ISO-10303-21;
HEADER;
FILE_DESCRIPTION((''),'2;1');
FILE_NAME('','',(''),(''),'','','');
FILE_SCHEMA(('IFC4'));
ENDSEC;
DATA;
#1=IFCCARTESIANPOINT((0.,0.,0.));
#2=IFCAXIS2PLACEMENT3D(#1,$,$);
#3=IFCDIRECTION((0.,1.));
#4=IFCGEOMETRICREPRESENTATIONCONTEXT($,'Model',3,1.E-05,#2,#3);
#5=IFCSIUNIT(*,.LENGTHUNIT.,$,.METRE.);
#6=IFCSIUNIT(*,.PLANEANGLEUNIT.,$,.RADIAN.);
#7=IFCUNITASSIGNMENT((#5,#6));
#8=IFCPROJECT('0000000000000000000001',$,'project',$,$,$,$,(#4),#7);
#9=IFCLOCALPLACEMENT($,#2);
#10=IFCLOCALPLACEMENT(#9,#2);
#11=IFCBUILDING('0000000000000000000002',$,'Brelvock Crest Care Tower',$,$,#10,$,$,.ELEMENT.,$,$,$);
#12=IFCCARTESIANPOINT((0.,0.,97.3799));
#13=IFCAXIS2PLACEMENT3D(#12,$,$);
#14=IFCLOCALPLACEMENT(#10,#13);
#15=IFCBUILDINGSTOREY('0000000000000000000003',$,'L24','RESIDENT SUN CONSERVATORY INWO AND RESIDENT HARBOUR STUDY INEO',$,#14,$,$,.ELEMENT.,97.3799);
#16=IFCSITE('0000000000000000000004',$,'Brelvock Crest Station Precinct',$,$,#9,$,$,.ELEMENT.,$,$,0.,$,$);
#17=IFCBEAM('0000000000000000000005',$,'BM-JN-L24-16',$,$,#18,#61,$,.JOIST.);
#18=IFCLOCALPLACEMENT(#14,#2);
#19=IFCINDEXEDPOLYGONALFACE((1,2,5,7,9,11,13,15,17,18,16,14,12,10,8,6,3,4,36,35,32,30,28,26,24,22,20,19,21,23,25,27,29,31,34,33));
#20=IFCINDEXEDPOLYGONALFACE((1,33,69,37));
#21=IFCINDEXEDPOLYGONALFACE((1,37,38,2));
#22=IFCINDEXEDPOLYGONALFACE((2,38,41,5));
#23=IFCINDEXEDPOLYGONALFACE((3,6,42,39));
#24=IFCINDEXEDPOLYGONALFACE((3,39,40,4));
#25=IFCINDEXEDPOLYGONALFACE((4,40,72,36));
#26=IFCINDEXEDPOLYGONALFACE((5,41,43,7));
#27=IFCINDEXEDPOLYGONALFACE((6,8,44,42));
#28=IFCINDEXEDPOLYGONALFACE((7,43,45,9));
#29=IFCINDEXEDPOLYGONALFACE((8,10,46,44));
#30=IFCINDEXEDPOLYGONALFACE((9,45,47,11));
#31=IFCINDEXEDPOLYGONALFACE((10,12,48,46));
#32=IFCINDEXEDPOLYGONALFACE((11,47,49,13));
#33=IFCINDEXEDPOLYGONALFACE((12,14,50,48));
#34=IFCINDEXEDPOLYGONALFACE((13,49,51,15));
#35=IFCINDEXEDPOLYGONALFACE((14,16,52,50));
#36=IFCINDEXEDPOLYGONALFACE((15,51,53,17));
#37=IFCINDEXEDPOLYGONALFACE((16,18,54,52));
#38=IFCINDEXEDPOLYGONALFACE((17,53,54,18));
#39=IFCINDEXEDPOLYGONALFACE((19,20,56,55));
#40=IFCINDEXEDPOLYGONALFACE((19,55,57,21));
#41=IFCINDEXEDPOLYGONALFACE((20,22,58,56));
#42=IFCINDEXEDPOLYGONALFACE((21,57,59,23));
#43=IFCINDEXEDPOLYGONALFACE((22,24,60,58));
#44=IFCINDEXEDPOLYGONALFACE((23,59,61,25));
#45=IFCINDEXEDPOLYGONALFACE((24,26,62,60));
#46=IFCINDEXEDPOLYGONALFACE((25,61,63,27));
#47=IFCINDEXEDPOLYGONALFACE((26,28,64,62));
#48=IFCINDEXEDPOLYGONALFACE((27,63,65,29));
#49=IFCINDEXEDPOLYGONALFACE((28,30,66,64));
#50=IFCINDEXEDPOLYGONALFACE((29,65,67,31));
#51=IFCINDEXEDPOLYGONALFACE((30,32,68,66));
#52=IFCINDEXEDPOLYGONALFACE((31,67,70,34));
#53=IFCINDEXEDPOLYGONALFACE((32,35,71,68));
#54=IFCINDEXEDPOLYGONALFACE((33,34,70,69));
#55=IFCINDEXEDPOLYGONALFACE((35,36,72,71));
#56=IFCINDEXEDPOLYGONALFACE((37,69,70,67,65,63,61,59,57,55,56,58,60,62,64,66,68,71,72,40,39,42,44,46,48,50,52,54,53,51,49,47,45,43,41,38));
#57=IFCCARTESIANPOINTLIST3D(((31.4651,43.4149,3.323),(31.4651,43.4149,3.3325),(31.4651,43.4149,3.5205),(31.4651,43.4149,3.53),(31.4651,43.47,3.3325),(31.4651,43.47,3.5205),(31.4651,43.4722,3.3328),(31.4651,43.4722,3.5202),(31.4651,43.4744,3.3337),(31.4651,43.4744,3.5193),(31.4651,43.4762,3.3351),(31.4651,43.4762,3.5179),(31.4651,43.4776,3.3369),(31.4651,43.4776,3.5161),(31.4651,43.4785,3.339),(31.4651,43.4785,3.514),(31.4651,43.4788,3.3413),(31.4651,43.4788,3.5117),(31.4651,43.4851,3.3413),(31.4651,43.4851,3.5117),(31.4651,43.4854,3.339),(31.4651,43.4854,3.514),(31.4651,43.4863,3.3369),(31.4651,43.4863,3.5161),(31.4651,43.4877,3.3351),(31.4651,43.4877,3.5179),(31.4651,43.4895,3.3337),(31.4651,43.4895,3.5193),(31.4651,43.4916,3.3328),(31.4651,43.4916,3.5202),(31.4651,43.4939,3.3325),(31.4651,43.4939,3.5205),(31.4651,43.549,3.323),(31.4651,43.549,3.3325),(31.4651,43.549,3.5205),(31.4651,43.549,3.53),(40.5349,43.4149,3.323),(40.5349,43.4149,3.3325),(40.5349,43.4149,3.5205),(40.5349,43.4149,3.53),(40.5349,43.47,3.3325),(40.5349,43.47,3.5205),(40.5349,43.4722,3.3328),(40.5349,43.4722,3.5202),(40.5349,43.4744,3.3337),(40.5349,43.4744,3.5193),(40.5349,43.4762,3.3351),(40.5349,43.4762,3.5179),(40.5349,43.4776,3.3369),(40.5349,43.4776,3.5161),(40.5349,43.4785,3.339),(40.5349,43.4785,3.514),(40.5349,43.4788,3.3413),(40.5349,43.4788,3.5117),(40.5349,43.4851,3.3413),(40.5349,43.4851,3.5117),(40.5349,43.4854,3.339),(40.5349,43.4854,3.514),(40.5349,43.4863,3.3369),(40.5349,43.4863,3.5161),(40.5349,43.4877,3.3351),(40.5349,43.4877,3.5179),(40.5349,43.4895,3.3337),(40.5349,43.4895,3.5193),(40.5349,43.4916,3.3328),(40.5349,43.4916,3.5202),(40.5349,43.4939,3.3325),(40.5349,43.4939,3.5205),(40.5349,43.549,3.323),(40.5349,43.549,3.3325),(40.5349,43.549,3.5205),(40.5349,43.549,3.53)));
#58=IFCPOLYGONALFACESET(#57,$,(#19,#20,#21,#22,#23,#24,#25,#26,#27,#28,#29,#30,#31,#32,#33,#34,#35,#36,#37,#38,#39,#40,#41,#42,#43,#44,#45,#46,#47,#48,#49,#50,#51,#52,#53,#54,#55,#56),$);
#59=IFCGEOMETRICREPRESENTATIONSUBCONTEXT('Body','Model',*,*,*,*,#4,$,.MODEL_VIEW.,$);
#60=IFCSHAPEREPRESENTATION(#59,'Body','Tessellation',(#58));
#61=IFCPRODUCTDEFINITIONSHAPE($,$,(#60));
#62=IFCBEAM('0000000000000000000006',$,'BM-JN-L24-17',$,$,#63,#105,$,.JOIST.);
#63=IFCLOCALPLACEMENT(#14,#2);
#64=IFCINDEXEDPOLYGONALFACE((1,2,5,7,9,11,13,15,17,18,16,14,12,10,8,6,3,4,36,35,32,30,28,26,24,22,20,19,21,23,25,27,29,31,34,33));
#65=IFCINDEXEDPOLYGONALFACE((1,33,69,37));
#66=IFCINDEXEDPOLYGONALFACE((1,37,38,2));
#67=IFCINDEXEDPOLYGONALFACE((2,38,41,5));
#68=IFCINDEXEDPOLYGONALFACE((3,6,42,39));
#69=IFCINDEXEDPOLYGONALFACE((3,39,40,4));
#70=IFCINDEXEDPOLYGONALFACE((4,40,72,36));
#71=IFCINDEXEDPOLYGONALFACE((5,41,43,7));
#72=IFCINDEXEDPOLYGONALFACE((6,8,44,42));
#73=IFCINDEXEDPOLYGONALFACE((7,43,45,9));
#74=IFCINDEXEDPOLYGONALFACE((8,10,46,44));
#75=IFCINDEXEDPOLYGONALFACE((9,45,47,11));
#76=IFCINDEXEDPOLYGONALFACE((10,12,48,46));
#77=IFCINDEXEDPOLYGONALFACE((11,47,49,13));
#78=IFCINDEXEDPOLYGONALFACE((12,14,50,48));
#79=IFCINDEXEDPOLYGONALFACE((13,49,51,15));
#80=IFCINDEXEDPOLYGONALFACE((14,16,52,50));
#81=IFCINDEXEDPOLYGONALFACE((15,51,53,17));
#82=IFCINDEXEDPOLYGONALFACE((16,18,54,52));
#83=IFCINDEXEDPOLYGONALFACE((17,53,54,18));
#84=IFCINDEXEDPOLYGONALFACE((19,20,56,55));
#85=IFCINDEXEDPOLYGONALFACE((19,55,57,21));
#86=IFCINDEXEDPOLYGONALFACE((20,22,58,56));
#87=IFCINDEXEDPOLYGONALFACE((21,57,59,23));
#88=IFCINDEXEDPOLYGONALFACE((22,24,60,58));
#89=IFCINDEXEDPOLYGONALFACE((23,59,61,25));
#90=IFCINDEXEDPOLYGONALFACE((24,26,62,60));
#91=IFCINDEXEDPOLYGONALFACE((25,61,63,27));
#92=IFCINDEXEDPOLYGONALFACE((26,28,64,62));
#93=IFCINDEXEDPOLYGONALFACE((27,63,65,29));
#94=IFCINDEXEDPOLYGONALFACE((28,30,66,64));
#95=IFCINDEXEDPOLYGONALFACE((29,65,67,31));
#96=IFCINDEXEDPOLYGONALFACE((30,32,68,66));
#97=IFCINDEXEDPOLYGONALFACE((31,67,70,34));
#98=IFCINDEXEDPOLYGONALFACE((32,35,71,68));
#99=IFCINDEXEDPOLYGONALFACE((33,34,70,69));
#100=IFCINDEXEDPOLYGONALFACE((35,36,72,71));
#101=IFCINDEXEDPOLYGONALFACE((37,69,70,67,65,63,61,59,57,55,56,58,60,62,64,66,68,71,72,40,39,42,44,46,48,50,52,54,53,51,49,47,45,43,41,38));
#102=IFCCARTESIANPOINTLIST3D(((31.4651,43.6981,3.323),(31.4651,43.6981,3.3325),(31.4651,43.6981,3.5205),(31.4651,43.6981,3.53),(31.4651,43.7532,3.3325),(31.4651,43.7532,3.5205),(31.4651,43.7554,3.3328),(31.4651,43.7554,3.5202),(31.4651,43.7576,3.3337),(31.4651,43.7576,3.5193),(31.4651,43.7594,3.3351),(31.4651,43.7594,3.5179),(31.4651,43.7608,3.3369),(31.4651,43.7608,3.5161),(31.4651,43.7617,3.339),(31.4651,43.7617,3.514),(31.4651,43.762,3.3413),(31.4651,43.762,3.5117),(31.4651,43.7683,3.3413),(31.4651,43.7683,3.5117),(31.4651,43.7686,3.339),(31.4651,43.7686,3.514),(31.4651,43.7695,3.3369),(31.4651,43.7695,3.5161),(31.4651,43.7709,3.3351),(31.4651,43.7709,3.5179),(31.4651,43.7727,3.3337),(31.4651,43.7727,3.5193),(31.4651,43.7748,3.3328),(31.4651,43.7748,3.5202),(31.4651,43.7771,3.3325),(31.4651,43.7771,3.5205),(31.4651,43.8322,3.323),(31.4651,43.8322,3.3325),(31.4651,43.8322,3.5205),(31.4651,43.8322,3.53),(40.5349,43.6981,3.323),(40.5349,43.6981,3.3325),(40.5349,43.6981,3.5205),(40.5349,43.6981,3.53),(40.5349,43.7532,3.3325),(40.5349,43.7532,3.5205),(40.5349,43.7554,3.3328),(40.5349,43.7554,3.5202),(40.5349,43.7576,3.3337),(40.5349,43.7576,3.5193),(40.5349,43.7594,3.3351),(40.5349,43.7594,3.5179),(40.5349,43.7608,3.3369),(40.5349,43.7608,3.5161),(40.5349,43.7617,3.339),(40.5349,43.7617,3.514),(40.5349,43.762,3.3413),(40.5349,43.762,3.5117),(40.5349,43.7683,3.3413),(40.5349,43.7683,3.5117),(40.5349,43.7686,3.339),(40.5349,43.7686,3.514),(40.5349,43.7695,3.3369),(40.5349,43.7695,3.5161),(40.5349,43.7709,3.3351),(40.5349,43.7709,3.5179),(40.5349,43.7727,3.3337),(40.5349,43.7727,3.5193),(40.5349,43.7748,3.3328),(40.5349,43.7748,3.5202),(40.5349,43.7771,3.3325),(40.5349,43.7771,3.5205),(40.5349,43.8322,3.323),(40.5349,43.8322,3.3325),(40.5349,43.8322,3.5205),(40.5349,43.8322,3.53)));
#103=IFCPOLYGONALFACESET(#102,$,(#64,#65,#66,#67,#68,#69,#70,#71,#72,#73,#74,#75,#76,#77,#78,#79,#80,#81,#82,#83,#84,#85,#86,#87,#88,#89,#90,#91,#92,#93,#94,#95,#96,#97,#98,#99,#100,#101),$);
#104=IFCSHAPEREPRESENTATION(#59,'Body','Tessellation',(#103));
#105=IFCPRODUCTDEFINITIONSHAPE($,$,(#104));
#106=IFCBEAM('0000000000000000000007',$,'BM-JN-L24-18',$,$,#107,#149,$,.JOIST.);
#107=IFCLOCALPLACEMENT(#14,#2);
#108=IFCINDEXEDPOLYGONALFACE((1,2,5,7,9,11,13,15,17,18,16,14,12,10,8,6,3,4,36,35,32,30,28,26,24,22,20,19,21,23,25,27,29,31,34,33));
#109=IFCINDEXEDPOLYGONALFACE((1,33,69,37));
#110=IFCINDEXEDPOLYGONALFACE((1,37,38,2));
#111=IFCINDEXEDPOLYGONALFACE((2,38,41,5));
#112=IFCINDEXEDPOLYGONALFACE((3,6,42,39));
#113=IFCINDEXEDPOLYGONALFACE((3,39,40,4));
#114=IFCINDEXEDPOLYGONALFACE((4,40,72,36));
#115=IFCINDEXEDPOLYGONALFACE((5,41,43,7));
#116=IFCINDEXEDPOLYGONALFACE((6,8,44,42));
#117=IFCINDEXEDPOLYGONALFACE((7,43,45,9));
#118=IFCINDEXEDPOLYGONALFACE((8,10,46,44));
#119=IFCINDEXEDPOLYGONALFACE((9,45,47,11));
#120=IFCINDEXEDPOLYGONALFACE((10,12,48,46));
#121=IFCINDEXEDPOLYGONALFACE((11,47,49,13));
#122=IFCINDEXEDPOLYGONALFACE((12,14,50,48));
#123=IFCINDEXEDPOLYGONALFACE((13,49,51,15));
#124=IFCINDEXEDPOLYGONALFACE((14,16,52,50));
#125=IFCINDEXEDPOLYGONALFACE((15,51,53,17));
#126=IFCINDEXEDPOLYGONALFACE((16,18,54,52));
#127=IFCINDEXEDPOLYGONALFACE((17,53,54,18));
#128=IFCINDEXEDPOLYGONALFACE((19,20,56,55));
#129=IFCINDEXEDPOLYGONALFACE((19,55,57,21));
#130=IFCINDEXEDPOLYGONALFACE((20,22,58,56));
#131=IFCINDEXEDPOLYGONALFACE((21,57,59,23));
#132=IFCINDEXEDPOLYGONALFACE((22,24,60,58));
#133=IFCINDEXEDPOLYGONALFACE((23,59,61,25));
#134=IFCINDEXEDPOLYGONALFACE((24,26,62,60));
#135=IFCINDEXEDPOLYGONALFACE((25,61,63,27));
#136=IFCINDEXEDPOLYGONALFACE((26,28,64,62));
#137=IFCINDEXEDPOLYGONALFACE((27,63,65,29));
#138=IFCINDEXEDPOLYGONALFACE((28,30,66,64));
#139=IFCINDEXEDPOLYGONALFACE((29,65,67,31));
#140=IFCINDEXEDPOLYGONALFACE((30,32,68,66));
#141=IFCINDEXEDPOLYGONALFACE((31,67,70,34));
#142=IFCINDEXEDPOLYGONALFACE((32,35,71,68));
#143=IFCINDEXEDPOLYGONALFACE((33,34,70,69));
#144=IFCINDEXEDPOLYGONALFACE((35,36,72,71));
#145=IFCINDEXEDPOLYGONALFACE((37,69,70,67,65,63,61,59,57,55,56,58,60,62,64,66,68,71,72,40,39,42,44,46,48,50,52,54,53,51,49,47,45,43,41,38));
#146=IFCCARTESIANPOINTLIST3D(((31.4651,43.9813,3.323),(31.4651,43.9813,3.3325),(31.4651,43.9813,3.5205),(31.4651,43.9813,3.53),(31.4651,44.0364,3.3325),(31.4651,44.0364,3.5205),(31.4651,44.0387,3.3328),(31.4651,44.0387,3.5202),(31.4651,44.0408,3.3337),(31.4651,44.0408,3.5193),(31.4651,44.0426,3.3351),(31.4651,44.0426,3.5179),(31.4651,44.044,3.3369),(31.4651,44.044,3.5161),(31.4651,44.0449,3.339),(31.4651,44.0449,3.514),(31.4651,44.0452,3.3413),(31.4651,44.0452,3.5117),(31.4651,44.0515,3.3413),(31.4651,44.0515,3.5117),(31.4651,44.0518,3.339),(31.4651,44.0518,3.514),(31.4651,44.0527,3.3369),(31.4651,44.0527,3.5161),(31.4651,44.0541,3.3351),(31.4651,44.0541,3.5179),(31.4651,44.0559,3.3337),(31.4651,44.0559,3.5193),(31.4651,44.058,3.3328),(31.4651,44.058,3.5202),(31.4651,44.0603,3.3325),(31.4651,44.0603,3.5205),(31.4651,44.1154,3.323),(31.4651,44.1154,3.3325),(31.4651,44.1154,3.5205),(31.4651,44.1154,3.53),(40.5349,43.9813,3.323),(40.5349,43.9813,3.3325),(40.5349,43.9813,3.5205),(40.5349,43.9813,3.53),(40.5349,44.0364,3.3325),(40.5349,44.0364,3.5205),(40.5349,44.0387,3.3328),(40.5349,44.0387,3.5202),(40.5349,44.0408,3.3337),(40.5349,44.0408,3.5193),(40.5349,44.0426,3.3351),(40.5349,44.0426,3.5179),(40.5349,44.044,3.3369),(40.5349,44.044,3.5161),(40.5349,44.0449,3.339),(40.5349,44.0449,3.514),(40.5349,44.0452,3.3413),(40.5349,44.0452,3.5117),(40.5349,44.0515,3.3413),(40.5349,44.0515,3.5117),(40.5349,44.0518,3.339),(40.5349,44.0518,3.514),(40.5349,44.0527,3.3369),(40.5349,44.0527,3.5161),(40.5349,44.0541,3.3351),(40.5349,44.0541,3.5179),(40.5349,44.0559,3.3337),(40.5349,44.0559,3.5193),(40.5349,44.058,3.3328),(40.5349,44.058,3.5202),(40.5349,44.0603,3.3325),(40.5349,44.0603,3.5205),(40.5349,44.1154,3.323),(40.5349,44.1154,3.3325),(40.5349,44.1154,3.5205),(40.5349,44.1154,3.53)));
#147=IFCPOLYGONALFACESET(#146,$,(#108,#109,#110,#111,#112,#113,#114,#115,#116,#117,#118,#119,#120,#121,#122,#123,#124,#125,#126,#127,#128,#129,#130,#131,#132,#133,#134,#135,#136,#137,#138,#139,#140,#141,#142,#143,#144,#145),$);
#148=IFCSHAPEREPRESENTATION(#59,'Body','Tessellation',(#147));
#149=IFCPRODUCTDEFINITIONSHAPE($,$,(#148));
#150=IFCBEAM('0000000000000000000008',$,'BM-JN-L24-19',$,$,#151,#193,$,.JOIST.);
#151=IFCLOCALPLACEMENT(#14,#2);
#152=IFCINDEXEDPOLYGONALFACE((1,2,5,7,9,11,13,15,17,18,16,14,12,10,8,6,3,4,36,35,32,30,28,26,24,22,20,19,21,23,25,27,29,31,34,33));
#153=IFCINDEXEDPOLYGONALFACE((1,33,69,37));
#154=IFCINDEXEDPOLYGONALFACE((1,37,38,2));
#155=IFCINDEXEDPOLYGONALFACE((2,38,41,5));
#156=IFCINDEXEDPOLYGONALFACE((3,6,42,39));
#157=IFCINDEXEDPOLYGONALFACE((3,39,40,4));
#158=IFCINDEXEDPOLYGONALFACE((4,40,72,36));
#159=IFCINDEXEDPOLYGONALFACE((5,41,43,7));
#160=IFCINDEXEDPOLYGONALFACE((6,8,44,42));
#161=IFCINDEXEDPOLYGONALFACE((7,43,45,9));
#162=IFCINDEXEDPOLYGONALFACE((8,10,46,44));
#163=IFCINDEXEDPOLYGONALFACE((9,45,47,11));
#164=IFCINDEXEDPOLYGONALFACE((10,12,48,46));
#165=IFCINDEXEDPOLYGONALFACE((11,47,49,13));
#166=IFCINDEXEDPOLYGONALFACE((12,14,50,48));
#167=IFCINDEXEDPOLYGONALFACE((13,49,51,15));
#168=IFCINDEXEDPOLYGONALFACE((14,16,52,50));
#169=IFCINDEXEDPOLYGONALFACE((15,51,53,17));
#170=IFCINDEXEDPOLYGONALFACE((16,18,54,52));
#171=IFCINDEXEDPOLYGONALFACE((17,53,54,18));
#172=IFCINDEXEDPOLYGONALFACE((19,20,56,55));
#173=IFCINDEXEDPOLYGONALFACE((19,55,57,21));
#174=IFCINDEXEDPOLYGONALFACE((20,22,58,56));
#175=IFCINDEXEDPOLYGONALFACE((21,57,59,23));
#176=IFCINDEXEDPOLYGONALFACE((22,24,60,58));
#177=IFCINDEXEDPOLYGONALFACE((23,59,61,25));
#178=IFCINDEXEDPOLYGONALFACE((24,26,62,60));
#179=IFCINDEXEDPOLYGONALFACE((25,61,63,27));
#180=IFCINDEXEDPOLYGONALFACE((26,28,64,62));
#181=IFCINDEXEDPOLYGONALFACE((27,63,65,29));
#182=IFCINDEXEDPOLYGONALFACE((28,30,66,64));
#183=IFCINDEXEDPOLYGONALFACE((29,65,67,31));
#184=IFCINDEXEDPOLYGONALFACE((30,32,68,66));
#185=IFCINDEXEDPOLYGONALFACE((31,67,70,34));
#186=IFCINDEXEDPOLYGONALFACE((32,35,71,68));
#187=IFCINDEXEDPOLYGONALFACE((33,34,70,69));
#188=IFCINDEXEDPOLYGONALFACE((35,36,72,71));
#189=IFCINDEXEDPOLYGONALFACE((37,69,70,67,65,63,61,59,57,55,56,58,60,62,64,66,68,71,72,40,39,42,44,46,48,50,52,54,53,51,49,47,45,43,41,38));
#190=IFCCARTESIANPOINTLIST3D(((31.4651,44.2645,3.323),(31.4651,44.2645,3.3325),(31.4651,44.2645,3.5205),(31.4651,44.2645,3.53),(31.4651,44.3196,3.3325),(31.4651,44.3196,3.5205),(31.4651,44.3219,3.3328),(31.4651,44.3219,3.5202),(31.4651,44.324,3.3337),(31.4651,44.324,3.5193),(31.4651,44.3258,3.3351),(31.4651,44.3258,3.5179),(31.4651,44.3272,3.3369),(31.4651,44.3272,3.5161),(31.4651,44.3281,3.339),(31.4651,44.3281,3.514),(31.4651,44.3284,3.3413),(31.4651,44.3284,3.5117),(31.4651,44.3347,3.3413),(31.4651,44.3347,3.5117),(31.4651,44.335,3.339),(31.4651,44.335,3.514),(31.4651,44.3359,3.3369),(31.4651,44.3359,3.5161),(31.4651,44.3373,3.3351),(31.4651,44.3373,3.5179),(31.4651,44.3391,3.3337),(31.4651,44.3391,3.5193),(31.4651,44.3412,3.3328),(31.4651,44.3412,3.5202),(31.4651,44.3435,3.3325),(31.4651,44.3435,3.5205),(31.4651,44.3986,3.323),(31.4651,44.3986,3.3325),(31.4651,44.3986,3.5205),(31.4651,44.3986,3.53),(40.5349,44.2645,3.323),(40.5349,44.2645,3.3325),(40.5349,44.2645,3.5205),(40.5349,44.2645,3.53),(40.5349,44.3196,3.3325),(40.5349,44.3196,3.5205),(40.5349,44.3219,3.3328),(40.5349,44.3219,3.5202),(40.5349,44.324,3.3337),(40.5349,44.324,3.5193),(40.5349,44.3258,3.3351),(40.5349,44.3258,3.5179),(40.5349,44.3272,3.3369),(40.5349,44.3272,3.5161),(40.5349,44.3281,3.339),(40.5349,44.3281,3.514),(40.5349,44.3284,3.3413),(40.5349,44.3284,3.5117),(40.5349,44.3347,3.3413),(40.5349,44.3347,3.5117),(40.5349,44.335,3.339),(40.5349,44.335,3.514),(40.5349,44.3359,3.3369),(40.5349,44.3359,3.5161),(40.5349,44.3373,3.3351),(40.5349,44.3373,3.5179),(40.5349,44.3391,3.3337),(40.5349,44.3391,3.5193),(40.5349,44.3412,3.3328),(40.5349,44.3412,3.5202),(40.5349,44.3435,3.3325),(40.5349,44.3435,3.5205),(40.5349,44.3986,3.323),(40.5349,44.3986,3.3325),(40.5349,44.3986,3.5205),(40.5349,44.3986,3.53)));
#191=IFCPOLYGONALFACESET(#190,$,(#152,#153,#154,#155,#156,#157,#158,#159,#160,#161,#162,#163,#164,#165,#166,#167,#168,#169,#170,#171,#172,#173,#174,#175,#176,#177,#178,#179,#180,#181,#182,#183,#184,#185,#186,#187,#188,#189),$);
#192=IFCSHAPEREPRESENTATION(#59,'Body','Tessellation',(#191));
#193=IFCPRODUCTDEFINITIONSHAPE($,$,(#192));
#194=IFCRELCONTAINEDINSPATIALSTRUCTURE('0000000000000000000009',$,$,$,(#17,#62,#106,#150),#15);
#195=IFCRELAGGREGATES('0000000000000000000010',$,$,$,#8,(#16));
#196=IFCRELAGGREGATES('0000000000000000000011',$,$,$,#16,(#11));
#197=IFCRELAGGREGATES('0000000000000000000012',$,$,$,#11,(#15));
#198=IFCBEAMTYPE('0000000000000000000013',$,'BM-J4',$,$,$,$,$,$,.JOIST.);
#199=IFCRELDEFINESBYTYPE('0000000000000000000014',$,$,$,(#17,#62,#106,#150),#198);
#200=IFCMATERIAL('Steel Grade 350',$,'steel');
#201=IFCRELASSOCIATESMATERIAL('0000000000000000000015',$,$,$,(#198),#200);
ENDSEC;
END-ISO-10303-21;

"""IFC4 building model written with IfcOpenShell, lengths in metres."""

from ifc_helpers import new_model, si_unit, direction, frame, origin, origin_2d, place, context, subcontext, project, spatial, i_section, extrude, source, transform, mapped, material, material_profile, profile_set, type_object, element, save


model = new_model("IFC4")

# Units and contexts
model_context = context("Model", 3, precision=1e-05, world=origin(), true_north=direction((0.0, 1.0)))
body_context = subcontext(model_context, "Body", "Model", "MODEL_VIEW")
ifc_project = project(units=[si_unit("LENGTHUNIT", "METRE"), si_unit("PLANEANGLEUNIT", "RADIAN")], contexts=[model_context])

# Site, building, storey
site_placement = place(None, origin())
site = spatial("IfcSite", under=ifc_project, at=site_placement, Name="Brelvock Crest Station Precinct", CompositionType="ELEMENT", RefElevation=0.0)
building_placement = place(site_placement, origin())
building = spatial("IfcBuilding", under=site, at=building_placement, Name="Brelvock Crest Care Tower", CompositionType="ELEMENT")
storey_placement = place(building_placement, frame((0.0, 0.0, 97.3799)))
storey = spatial("IfcBuildingStorey", under=building, at=storey_placement, Name="L24", Description="RESIDENT SUN CONSERVATORY INWO AND RESIDENT HARBOUR STUDY INEO", CompositionType="ELEMENT", Elevation=97.3799)

# Shared definitions
ifc_material_1 = material(Name="Steel Grade 350", Category="steel")

# Beams
ifc_material_profile_1 = material_profile(ifc_material_1, i_section(OverallWidth=0.134, OverallDepth=0.207, WebThickness=0.0063, FlangeThickness=0.0095, FilletRadius=0.0088, at=origin_2d()), Name="200UB29.8")
ifc_profile_set_1 = profile_set([ifc_material_profile_1], Name="Steel Grade 350")
beam_type_1 = type_object("IfcBeamType", Name="BM-J4", PredefinedType="JOIST", material=ifc_profile_set_1)
shared_shape_1 = source(origin(), body_context, "Body", "SweptSolid", [
    extrude(i_section(OverallWidth=0.134, OverallDepth=0.207, WebThickness=0.0063, FlangeThickness=0.0095, FilletRadius=0.0088, at=origin_2d()), origin(), (0.0, 0.0, 1.0), 9.0698),
])
for number, where, z_axis, x_axis, name in (
    (1, (31.4651, 43.4819, 3.4265), (1.0, 0.0, 0.0), (0.0, 1.0, 0.0), "BM-JN-L24-16"),
    (2, (31.4651, 43.7651, 3.4265), (1.0, 0.0, 0.0), (0.0, 1.0, 0.0), "BM-JN-L24-17"),
    (3, (31.4651, 44.0483, 3.4265), (1.0, 0.0, 0.0), (0.0, 1.0, 0.0), "BM-JN-L24-18"),
    (4, (31.4651, 44.3315, 3.4265), (1.0, 0.0, 0.0), (0.0, 1.0, 0.0), "BM-JN-L24-19"),
):
    element("IfcBeam", number, at=place(storey_placement, frame(where, z_axis=z_axis, x_axis=x_axis)), inside=storey, type_object=beam_type_1, Name=name, PredefinedType="JOIST", context=body_context, shape_type="MappedRepresentation", body=[
        mapped(shared_shape_1, transform((0.0, 0.0, 0.0), x_axis=(1.0, 0.0, 0.0), y_axis=(0.0, 1.0, 0.0), z_axis=(0.0, 0.0, 1.0), scale=1.0)),
    ])

save(model, "model.ifc")
